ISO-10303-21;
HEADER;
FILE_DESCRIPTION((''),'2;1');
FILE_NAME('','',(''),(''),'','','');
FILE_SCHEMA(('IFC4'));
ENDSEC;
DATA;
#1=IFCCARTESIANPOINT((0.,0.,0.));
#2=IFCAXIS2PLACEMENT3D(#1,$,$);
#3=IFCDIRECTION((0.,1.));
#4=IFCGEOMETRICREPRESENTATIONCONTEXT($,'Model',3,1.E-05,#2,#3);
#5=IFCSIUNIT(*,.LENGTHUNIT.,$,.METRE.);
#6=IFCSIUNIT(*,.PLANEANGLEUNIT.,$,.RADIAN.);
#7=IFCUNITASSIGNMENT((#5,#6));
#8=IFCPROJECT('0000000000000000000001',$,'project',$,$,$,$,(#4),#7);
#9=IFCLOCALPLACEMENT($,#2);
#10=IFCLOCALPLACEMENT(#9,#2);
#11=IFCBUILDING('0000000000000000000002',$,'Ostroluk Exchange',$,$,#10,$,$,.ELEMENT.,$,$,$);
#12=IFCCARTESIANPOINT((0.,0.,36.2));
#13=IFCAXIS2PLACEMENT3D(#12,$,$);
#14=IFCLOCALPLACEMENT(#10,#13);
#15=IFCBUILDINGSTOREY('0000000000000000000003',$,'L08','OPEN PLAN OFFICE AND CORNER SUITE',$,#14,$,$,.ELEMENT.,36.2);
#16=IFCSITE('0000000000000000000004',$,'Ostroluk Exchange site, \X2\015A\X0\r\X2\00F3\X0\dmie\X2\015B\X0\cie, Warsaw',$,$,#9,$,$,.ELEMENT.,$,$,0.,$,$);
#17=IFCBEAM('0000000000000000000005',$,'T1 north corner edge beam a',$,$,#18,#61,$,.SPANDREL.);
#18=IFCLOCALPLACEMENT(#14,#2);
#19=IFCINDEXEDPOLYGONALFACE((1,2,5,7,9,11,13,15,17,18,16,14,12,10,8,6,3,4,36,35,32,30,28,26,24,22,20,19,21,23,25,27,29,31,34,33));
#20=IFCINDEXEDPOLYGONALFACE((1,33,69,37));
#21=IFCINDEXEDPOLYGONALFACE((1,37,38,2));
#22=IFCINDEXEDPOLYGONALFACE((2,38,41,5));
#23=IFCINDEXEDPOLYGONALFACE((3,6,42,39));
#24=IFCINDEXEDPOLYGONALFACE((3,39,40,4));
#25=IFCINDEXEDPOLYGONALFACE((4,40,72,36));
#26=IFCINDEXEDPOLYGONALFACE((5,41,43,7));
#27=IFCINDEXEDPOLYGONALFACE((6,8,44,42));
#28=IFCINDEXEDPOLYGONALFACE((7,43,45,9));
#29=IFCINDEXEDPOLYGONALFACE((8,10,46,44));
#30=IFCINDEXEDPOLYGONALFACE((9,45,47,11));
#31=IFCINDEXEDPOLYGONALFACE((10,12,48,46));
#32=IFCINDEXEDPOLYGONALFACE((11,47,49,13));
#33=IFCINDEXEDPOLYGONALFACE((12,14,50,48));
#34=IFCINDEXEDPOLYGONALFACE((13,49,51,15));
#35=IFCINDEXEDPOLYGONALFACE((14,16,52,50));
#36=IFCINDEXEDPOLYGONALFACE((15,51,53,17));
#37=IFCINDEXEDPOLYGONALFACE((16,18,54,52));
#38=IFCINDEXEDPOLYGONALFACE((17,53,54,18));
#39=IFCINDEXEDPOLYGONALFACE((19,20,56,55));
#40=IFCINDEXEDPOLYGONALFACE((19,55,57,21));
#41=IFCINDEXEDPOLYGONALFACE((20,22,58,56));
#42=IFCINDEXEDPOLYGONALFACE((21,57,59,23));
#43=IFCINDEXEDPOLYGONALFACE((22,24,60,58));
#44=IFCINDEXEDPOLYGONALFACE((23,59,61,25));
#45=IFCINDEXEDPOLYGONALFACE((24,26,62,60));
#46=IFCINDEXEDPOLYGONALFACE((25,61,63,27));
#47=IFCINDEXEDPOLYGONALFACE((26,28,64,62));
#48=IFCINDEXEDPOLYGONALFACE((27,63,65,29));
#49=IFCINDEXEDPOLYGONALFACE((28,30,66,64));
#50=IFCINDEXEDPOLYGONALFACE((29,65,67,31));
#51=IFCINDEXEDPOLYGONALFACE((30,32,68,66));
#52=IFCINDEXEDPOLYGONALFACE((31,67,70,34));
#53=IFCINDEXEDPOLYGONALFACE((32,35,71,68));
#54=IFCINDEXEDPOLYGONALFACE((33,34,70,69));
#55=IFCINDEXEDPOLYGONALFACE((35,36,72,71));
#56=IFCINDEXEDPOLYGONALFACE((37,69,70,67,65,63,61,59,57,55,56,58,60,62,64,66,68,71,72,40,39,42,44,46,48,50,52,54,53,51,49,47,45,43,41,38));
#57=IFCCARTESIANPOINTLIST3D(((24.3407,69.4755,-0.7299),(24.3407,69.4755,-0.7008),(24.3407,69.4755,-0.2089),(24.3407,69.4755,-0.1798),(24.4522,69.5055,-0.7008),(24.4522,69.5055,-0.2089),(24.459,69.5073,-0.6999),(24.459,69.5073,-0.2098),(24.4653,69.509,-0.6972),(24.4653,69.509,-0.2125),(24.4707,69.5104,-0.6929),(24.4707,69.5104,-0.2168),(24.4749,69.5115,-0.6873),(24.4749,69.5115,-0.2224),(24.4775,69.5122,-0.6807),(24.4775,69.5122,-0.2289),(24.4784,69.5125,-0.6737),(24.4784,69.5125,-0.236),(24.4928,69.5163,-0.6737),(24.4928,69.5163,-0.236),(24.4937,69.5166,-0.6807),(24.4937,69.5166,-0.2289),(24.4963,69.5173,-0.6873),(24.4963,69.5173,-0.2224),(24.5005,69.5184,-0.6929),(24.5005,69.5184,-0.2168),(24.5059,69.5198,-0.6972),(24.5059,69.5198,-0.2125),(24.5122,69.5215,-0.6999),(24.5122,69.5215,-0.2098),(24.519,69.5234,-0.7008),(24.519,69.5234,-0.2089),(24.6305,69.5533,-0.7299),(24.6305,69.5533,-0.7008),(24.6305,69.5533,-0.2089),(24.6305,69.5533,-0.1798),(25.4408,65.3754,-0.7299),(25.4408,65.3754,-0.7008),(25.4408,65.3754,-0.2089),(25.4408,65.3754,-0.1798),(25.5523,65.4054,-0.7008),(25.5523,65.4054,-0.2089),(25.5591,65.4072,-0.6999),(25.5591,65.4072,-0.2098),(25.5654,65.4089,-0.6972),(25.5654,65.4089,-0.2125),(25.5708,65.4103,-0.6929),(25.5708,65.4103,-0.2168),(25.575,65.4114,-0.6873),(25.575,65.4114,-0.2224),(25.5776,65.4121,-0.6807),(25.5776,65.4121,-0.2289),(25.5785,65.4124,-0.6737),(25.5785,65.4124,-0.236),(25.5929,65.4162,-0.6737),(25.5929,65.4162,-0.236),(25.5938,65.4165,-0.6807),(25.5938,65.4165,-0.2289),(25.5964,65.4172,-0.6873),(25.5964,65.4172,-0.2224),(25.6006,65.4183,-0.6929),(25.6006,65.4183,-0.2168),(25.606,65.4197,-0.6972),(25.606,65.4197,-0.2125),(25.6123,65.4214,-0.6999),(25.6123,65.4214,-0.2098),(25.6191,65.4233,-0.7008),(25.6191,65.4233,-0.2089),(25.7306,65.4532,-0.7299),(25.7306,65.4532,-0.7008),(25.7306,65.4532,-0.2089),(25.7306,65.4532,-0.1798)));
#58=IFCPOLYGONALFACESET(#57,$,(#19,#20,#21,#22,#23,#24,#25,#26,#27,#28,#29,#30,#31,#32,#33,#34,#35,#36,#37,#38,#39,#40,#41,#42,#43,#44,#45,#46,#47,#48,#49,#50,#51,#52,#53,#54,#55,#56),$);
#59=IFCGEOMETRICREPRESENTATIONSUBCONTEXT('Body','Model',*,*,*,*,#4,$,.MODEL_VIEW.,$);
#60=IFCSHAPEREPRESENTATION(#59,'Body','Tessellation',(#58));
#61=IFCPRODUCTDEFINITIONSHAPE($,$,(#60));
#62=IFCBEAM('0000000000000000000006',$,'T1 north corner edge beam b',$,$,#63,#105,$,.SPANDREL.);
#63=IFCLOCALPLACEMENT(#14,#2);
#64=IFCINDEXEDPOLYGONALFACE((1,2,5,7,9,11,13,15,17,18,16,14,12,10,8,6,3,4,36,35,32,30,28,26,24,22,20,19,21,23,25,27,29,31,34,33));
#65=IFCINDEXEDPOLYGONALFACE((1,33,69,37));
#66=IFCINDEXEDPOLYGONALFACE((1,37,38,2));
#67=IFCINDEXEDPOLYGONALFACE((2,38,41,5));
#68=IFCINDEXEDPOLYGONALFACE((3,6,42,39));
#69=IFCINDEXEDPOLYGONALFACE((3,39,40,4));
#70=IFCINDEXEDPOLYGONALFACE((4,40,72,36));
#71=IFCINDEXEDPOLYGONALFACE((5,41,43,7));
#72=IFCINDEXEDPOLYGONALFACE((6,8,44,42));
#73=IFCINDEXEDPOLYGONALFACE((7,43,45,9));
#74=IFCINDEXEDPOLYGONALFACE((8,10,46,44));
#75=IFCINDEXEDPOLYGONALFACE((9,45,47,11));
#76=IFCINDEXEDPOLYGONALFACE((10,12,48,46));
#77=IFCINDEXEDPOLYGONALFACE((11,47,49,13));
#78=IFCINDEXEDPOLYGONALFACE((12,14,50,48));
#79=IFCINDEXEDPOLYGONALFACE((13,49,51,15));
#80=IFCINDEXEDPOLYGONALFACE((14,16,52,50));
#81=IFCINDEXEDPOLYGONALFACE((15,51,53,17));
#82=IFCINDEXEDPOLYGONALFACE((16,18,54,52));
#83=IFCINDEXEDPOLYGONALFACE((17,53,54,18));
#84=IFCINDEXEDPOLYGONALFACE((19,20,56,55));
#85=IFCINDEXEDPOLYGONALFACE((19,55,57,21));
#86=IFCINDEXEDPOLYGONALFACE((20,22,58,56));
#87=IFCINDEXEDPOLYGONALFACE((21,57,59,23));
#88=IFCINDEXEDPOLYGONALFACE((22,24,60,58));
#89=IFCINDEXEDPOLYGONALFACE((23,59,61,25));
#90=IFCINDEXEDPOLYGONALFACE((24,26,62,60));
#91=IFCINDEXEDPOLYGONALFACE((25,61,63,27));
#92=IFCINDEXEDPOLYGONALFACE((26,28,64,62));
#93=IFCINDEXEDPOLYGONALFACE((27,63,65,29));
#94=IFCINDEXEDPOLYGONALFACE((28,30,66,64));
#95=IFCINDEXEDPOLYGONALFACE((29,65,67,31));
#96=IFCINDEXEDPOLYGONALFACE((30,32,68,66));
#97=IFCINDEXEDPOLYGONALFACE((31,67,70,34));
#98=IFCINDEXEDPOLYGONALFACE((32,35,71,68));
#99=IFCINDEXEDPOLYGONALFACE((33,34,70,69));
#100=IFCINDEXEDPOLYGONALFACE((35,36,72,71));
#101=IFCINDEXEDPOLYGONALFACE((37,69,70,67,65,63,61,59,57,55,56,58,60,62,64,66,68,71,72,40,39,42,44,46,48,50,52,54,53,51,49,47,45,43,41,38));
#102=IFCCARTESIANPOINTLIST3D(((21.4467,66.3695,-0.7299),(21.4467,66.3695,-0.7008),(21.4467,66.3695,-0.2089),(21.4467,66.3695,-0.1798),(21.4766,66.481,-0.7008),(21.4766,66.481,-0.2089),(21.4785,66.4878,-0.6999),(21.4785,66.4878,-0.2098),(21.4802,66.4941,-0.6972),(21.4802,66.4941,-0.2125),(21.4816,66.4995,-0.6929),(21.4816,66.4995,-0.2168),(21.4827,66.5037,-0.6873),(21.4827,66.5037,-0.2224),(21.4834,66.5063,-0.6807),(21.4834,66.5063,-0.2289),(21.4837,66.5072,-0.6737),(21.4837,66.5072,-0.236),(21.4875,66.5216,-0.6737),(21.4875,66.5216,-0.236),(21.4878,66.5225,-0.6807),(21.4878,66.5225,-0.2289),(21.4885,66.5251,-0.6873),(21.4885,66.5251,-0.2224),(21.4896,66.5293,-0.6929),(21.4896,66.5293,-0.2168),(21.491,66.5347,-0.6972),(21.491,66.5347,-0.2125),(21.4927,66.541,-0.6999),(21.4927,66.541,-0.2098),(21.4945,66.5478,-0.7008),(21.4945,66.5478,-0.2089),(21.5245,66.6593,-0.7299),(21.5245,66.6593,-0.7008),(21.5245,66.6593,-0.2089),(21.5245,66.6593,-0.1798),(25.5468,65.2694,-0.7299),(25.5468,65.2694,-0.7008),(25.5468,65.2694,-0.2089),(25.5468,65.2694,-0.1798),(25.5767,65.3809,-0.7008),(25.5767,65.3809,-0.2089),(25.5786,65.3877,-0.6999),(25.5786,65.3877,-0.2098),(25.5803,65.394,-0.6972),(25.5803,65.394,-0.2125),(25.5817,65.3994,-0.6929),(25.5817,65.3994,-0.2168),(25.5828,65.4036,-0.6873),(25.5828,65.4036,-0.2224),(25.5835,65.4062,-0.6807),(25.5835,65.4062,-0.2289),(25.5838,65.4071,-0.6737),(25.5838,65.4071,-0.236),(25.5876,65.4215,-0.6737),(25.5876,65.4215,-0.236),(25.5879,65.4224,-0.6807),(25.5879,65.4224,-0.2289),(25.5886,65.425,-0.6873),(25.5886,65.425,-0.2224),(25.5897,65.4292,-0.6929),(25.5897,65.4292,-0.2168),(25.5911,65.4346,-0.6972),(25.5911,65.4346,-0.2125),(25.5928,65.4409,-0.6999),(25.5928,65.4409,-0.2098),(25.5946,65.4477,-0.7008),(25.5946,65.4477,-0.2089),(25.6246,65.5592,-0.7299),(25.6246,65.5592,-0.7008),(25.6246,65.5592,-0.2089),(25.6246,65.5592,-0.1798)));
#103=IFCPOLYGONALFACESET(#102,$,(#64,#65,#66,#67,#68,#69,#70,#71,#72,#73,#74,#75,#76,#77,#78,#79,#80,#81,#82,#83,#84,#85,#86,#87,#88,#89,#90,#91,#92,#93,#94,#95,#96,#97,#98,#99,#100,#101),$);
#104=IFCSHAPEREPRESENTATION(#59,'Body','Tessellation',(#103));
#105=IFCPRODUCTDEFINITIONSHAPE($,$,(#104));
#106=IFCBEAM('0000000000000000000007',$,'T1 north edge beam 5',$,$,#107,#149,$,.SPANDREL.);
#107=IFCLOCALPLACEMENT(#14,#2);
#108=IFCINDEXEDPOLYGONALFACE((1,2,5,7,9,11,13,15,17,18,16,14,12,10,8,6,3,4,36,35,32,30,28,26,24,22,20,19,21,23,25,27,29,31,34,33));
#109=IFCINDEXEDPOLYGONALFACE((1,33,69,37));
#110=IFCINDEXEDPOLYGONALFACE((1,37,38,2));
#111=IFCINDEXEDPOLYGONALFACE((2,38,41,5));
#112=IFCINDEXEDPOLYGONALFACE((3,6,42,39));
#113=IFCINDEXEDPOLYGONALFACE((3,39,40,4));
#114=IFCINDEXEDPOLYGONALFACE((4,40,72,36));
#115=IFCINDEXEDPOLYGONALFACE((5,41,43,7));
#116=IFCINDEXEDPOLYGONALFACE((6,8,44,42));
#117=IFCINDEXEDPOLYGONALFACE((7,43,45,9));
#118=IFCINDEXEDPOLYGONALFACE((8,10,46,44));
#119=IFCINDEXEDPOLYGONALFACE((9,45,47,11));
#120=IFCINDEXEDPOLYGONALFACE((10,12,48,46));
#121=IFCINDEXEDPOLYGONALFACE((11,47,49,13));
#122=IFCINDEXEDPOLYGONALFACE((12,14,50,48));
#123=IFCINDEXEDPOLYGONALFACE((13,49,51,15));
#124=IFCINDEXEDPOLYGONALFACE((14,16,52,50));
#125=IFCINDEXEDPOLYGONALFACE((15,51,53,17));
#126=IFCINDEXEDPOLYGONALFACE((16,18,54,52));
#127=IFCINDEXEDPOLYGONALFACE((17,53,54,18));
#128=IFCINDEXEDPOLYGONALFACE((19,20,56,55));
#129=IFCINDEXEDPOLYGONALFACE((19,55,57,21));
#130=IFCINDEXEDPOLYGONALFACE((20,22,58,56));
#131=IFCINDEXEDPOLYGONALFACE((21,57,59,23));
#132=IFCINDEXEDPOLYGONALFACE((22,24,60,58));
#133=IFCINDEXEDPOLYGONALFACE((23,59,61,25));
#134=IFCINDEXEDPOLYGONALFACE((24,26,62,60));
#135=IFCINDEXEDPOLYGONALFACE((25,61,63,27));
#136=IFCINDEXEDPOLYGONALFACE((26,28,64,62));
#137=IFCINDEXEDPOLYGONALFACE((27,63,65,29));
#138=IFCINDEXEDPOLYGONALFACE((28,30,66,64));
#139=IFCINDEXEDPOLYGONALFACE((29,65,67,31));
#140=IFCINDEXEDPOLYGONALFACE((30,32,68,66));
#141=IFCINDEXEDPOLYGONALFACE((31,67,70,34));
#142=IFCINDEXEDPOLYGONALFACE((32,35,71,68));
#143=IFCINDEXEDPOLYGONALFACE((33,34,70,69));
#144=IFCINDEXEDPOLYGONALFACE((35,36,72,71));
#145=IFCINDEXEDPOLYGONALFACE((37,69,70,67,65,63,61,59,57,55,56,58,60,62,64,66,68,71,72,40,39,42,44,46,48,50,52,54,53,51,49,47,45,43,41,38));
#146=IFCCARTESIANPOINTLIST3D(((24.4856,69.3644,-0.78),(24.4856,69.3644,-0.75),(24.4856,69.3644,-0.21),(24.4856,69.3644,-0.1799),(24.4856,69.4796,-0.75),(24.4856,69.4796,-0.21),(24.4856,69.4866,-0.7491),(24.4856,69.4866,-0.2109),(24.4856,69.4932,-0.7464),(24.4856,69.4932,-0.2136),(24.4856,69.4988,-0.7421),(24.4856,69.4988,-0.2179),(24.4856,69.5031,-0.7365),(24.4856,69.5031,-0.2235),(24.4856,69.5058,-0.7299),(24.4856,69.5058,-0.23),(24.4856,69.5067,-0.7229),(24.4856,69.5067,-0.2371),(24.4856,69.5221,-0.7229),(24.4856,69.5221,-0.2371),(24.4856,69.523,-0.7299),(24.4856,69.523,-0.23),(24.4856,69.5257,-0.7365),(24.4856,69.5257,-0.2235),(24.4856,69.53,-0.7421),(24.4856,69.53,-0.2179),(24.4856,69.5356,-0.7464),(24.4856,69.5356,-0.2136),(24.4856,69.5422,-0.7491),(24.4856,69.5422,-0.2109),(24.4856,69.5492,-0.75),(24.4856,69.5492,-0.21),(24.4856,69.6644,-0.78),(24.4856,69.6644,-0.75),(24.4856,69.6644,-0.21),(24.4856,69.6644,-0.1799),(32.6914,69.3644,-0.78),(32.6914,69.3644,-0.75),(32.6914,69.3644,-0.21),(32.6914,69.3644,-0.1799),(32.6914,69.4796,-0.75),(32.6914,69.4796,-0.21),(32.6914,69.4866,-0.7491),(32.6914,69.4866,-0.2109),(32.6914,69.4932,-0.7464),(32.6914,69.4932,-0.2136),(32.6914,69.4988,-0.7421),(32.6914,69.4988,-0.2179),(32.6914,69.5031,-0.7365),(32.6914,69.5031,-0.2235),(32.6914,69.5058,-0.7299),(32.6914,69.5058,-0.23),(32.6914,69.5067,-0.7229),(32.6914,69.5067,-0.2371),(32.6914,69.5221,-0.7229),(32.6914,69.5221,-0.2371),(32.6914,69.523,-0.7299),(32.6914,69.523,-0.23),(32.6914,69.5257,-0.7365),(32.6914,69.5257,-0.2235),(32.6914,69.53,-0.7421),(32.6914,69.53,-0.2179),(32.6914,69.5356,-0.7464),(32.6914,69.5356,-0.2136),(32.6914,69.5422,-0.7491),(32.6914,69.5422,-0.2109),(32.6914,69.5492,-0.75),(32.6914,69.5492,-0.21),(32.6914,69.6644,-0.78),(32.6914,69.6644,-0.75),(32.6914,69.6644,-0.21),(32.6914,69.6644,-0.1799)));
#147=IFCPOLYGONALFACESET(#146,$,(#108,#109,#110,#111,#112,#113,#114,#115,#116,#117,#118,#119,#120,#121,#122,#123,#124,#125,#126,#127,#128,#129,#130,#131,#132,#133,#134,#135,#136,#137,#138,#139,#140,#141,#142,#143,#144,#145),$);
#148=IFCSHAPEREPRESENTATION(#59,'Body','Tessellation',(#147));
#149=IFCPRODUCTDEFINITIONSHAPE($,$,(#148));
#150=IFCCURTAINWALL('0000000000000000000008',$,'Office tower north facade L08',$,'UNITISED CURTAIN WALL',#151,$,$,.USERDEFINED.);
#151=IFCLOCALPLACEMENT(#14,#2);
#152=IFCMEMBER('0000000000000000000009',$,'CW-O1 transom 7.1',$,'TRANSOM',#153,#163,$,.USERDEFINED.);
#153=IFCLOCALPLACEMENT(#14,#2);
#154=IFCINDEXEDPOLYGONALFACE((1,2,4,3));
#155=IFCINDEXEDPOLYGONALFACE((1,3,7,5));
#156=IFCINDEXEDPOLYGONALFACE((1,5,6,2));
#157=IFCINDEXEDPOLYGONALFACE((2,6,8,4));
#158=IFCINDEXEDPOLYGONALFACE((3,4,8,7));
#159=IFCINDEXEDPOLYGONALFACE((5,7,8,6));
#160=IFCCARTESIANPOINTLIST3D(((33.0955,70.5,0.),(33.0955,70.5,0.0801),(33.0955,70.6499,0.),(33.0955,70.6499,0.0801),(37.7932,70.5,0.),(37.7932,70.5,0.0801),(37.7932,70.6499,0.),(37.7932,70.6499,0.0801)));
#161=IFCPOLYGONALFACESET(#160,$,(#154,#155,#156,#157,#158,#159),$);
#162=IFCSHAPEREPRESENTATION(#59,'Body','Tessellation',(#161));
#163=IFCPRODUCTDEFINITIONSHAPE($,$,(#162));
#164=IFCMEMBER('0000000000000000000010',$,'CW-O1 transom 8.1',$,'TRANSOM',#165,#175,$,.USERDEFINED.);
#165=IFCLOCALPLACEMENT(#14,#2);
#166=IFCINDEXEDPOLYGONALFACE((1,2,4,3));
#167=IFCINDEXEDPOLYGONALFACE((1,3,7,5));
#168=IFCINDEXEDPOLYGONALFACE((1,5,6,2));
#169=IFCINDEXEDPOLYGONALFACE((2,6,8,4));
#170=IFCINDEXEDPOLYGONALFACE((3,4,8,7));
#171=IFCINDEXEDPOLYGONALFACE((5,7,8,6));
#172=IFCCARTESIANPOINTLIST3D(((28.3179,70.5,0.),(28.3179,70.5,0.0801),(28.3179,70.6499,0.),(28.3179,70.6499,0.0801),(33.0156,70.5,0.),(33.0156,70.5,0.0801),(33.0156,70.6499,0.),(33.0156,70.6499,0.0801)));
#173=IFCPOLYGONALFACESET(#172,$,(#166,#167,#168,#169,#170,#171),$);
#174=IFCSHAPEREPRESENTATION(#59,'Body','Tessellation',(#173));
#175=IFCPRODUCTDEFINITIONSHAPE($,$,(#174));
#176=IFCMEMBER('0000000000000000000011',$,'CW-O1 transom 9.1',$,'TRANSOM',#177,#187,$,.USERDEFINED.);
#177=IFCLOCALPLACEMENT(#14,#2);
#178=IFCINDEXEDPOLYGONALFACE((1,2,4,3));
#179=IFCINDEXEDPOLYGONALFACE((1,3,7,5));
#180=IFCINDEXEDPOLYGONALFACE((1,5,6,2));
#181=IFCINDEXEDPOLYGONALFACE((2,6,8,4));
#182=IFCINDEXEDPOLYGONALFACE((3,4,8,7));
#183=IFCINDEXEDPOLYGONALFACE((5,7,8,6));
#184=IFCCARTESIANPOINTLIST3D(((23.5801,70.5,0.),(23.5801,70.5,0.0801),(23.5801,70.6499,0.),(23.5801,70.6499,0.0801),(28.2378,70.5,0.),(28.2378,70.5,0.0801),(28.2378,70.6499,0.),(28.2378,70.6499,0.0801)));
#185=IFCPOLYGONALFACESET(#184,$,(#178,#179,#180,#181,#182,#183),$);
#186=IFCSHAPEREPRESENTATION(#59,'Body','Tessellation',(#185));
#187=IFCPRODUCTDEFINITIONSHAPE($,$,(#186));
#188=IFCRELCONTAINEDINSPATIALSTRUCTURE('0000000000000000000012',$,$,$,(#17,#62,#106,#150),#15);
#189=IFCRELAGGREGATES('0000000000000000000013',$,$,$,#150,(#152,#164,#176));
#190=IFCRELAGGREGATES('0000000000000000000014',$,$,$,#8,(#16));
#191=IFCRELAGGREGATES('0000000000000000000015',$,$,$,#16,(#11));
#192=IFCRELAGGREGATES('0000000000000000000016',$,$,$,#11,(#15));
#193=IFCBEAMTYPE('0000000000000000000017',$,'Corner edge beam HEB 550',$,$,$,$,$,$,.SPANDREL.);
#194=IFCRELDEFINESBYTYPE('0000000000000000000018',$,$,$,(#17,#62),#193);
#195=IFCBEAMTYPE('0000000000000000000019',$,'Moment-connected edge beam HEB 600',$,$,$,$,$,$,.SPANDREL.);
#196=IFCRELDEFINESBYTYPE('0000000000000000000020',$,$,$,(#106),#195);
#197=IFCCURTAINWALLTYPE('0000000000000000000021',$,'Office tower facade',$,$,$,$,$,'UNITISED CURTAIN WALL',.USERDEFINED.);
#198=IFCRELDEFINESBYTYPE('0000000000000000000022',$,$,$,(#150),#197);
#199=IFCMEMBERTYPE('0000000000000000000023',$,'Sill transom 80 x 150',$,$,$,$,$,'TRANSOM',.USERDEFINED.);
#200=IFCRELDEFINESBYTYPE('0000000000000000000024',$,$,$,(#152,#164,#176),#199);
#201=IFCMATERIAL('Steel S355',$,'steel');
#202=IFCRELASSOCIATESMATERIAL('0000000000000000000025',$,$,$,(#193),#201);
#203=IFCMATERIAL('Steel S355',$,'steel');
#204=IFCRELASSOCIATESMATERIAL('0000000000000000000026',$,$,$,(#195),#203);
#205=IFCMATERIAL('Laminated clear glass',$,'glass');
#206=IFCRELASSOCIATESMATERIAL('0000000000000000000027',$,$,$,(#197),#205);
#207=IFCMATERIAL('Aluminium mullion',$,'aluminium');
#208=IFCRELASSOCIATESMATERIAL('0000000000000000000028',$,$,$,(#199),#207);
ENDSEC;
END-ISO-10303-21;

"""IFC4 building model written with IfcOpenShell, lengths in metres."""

from ifc_helpers import new_model, si_unit, direction, frame, origin, origin_2d, place, context, subcontext, project, spatial, rectangle, i_section, extrude, material, material_profile, profile_set, type_object, element, aggregate, save


model = new_model("IFC4")

# Units and contexts
model_context = context("Model", 3, precision=1e-05, world=origin(), true_north=direction((0.0, 1.0)))
body_context = subcontext(model_context, "Body", "Model", "MODEL_VIEW")
ifc_project = project(units=[si_unit("LENGTHUNIT", "METRE"), si_unit("PLANEANGLEUNIT", "RADIAN")], contexts=[model_context])

# Site, building, storey
site_placement = place(None, origin())
site = spatial("IfcSite", under=ifc_project, at=site_placement, Name="Ostroluk Exchange site, Śródmieście, Warsaw", CompositionType="ELEMENT", RefElevation=0.0)
building_placement = place(site_placement, origin())
building = spatial("IfcBuilding", under=site, at=building_placement, Name="Ostroluk Exchange", CompositionType="ELEMENT")
storey_placement = place(building_placement, frame((0.0, 0.0, 36.2)))
storey = spatial("IfcBuildingStorey", under=building, at=storey_placement, Name="L08", Description="OPEN PLAN OFFICE AND CORNER SUITE", CompositionType="ELEMENT", Elevation=36.2)

# Beams
ifc_material_1 = material(Name="Steel S355", Category="steel")
ifc_material_profile_1 = material_profile(ifc_material_1, i_section(OverallWidth=0.3, OverallDepth=0.55, WebThickness=0.0149, FlangeThickness=0.0291, FilletRadius=0.0271, at=origin_2d()), Name="HEB 550")
ifc_profile_set_1 = profile_set([ifc_material_profile_1], Name="Steel S355")
beam_type_1 = type_object("IfcBeamType", Name="Corner edge beam HEB 550", PredefinedType="SPANDREL", material=ifc_profile_set_1)
for number, where, z_axis, x_axis, name in (
    (1, (25.5857, 65.4143, -0.4548), (-0.259144, 0.965839, 0.0), (-0.965839, -0.259144, 0.0), "T1 north corner edge beam a"),
    (2, (25.5857, 65.4143, -0.4548), (-0.965839, 0.259144, 0.0), (-0.259144, -0.965839, 0.0), "T1 north corner edge beam b"),
):
    element("IfcBeam", number, at=place(storey_placement, frame(where, z_axis=z_axis, x_axis=x_axis)), inside=storey, type_object=beam_type_1, Name=name, PredefinedType="SPANDREL", context=body_context, shape_type="SweptSolid", body=[
        extrude(i_section(OverallWidth=0.3, OverallDepth=0.55, WebThickness=0.0149, FlangeThickness=0.0291, FilletRadius=0.0271, at=origin_2d()), origin(), (0.0, 0.0, 1.0), 4.2451),
    ])
ifc_material_2 = material(Name="Steel S355", Category="steel")
ifc_material_profile_2 = material_profile(ifc_material_2, i_section(OverallWidth=0.3, OverallDepth=0.6001, WebThickness=0.0154, FlangeThickness=0.03, FilletRadius=0.0271, at=origin_2d()), Name="HEB 600")
ifc_profile_set_2 = profile_set([ifc_material_profile_2], Name="Steel S355")
beam_type_2 = type_object("IfcBeamType", Name="Moment-connected edge beam HEB 600", PredefinedType="SPANDREL", material=ifc_profile_set_2)
beam_1_placement = place(storey_placement, frame((32.6914, 69.5144, -0.48), z_axis=(-1.0, 0.0, 0.0), x_axis=(0.0, -1.0, 0.0)))
element("IfcBeam", 3, at=beam_1_placement, inside=storey, type_object=beam_type_2, Name="T1 north edge beam 5", PredefinedType="SPANDREL", context=body_context, shape_type="SweptSolid", body=[
    extrude(i_section(OverallWidth=0.3, OverallDepth=0.6001, WebThickness=0.0154, FlangeThickness=0.03, FilletRadius=0.0271, at=origin_2d()), origin(), (0.0, 0.0, 1.0), 8.2058),
])

# Curtain wall, members
ifc_material_3 = material(Name="Laminated clear glass", Category="glass")
curtain_wall_type = type_object("IfcCurtainWallType", Name="Office tower facade", ElementType="UNITISED CURTAIN WALL", PredefinedType="USERDEFINED", material=ifc_material_3)
curtain_wall_placement = place(storey_placement, origin())
curtain_wall = element("IfcCurtainWall", 4, at=curtain_wall_placement, inside=storey, type_object=curtain_wall_type, Name="Office tower north facade L08", ObjectType="UNITISED CURTAIN WALL", PredefinedType="USERDEFINED")
ifc_material_4 = material(Name="Aluminium mullion", Category="aluminium")
ifc_material_profile_3 = material_profile(ifc_material_4, rectangle(XDim=0.1499, YDim=0.0801, at=origin_2d()), Name="Sill transom 80 x 150")
ifc_profile_set_3 = profile_set([ifc_material_profile_3], Name="Aluminium mullion")
member_type_1 = type_object("IfcMemberType", Name="Sill transom 80 x 150", ElementType="TRANSOM", PredefinedType="USERDEFINED", material=ifc_profile_set_3)
member_1_placement = place(storey_placement, frame((37.7932, 70.575, 0.04), z_axis=(-1.0, 0.0, 0.0), x_axis=(0.0, -1.0, 0.0)))
member_1 = element("IfcMember", 5, at=member_1_placement, type_object=member_type_1, Name="CW-O1 transom 7.1", ObjectType="TRANSOM", PredefinedType="USERDEFINED", context=body_context, shape_type="SweptSolid", body=[
    extrude(rectangle(XDim=0.1499, YDim=0.0801, at=origin_2d()), origin(), (0.0, 0.0, 1.0), 4.6978),
])
member_2_placement = place(storey_placement, frame((33.0156, 70.575, 0.04), z_axis=(-1.0, 0.0, 0.0), x_axis=(0.0, -1.0, 0.0)))
member_2 = element("IfcMember", 6, at=member_2_placement, type_object=member_type_1, Name="CW-O1 transom 8.1", ObjectType="TRANSOM", PredefinedType="USERDEFINED", context=body_context, shape_type="SweptSolid", body=[
    extrude(rectangle(XDim=0.1499, YDim=0.0801, at=origin_2d()), origin(), (0.0, 0.0, 1.0), 4.6978),
])
member_3_placement = place(storey_placement, frame((28.2378, 70.575, 0.04), z_axis=(-1.0, 0.0, 0.0), x_axis=(0.0, -1.0, 0.0)))
member_3 = element("IfcMember", 7, at=member_3_placement, type_object=member_type_1, Name="CW-O1 transom 9.1", ObjectType="TRANSOM", PredefinedType="USERDEFINED", context=body_context, shape_type="SweptSolid", body=[
    extrude(rectangle(XDim=0.1499, YDim=0.0801, at=origin_2d()), origin(), (0.0, 0.0, 1.0), 4.6577),
])
aggregate(curtain_wall, [member_1, member_2, member_3])

save(model, "model.ifc")
